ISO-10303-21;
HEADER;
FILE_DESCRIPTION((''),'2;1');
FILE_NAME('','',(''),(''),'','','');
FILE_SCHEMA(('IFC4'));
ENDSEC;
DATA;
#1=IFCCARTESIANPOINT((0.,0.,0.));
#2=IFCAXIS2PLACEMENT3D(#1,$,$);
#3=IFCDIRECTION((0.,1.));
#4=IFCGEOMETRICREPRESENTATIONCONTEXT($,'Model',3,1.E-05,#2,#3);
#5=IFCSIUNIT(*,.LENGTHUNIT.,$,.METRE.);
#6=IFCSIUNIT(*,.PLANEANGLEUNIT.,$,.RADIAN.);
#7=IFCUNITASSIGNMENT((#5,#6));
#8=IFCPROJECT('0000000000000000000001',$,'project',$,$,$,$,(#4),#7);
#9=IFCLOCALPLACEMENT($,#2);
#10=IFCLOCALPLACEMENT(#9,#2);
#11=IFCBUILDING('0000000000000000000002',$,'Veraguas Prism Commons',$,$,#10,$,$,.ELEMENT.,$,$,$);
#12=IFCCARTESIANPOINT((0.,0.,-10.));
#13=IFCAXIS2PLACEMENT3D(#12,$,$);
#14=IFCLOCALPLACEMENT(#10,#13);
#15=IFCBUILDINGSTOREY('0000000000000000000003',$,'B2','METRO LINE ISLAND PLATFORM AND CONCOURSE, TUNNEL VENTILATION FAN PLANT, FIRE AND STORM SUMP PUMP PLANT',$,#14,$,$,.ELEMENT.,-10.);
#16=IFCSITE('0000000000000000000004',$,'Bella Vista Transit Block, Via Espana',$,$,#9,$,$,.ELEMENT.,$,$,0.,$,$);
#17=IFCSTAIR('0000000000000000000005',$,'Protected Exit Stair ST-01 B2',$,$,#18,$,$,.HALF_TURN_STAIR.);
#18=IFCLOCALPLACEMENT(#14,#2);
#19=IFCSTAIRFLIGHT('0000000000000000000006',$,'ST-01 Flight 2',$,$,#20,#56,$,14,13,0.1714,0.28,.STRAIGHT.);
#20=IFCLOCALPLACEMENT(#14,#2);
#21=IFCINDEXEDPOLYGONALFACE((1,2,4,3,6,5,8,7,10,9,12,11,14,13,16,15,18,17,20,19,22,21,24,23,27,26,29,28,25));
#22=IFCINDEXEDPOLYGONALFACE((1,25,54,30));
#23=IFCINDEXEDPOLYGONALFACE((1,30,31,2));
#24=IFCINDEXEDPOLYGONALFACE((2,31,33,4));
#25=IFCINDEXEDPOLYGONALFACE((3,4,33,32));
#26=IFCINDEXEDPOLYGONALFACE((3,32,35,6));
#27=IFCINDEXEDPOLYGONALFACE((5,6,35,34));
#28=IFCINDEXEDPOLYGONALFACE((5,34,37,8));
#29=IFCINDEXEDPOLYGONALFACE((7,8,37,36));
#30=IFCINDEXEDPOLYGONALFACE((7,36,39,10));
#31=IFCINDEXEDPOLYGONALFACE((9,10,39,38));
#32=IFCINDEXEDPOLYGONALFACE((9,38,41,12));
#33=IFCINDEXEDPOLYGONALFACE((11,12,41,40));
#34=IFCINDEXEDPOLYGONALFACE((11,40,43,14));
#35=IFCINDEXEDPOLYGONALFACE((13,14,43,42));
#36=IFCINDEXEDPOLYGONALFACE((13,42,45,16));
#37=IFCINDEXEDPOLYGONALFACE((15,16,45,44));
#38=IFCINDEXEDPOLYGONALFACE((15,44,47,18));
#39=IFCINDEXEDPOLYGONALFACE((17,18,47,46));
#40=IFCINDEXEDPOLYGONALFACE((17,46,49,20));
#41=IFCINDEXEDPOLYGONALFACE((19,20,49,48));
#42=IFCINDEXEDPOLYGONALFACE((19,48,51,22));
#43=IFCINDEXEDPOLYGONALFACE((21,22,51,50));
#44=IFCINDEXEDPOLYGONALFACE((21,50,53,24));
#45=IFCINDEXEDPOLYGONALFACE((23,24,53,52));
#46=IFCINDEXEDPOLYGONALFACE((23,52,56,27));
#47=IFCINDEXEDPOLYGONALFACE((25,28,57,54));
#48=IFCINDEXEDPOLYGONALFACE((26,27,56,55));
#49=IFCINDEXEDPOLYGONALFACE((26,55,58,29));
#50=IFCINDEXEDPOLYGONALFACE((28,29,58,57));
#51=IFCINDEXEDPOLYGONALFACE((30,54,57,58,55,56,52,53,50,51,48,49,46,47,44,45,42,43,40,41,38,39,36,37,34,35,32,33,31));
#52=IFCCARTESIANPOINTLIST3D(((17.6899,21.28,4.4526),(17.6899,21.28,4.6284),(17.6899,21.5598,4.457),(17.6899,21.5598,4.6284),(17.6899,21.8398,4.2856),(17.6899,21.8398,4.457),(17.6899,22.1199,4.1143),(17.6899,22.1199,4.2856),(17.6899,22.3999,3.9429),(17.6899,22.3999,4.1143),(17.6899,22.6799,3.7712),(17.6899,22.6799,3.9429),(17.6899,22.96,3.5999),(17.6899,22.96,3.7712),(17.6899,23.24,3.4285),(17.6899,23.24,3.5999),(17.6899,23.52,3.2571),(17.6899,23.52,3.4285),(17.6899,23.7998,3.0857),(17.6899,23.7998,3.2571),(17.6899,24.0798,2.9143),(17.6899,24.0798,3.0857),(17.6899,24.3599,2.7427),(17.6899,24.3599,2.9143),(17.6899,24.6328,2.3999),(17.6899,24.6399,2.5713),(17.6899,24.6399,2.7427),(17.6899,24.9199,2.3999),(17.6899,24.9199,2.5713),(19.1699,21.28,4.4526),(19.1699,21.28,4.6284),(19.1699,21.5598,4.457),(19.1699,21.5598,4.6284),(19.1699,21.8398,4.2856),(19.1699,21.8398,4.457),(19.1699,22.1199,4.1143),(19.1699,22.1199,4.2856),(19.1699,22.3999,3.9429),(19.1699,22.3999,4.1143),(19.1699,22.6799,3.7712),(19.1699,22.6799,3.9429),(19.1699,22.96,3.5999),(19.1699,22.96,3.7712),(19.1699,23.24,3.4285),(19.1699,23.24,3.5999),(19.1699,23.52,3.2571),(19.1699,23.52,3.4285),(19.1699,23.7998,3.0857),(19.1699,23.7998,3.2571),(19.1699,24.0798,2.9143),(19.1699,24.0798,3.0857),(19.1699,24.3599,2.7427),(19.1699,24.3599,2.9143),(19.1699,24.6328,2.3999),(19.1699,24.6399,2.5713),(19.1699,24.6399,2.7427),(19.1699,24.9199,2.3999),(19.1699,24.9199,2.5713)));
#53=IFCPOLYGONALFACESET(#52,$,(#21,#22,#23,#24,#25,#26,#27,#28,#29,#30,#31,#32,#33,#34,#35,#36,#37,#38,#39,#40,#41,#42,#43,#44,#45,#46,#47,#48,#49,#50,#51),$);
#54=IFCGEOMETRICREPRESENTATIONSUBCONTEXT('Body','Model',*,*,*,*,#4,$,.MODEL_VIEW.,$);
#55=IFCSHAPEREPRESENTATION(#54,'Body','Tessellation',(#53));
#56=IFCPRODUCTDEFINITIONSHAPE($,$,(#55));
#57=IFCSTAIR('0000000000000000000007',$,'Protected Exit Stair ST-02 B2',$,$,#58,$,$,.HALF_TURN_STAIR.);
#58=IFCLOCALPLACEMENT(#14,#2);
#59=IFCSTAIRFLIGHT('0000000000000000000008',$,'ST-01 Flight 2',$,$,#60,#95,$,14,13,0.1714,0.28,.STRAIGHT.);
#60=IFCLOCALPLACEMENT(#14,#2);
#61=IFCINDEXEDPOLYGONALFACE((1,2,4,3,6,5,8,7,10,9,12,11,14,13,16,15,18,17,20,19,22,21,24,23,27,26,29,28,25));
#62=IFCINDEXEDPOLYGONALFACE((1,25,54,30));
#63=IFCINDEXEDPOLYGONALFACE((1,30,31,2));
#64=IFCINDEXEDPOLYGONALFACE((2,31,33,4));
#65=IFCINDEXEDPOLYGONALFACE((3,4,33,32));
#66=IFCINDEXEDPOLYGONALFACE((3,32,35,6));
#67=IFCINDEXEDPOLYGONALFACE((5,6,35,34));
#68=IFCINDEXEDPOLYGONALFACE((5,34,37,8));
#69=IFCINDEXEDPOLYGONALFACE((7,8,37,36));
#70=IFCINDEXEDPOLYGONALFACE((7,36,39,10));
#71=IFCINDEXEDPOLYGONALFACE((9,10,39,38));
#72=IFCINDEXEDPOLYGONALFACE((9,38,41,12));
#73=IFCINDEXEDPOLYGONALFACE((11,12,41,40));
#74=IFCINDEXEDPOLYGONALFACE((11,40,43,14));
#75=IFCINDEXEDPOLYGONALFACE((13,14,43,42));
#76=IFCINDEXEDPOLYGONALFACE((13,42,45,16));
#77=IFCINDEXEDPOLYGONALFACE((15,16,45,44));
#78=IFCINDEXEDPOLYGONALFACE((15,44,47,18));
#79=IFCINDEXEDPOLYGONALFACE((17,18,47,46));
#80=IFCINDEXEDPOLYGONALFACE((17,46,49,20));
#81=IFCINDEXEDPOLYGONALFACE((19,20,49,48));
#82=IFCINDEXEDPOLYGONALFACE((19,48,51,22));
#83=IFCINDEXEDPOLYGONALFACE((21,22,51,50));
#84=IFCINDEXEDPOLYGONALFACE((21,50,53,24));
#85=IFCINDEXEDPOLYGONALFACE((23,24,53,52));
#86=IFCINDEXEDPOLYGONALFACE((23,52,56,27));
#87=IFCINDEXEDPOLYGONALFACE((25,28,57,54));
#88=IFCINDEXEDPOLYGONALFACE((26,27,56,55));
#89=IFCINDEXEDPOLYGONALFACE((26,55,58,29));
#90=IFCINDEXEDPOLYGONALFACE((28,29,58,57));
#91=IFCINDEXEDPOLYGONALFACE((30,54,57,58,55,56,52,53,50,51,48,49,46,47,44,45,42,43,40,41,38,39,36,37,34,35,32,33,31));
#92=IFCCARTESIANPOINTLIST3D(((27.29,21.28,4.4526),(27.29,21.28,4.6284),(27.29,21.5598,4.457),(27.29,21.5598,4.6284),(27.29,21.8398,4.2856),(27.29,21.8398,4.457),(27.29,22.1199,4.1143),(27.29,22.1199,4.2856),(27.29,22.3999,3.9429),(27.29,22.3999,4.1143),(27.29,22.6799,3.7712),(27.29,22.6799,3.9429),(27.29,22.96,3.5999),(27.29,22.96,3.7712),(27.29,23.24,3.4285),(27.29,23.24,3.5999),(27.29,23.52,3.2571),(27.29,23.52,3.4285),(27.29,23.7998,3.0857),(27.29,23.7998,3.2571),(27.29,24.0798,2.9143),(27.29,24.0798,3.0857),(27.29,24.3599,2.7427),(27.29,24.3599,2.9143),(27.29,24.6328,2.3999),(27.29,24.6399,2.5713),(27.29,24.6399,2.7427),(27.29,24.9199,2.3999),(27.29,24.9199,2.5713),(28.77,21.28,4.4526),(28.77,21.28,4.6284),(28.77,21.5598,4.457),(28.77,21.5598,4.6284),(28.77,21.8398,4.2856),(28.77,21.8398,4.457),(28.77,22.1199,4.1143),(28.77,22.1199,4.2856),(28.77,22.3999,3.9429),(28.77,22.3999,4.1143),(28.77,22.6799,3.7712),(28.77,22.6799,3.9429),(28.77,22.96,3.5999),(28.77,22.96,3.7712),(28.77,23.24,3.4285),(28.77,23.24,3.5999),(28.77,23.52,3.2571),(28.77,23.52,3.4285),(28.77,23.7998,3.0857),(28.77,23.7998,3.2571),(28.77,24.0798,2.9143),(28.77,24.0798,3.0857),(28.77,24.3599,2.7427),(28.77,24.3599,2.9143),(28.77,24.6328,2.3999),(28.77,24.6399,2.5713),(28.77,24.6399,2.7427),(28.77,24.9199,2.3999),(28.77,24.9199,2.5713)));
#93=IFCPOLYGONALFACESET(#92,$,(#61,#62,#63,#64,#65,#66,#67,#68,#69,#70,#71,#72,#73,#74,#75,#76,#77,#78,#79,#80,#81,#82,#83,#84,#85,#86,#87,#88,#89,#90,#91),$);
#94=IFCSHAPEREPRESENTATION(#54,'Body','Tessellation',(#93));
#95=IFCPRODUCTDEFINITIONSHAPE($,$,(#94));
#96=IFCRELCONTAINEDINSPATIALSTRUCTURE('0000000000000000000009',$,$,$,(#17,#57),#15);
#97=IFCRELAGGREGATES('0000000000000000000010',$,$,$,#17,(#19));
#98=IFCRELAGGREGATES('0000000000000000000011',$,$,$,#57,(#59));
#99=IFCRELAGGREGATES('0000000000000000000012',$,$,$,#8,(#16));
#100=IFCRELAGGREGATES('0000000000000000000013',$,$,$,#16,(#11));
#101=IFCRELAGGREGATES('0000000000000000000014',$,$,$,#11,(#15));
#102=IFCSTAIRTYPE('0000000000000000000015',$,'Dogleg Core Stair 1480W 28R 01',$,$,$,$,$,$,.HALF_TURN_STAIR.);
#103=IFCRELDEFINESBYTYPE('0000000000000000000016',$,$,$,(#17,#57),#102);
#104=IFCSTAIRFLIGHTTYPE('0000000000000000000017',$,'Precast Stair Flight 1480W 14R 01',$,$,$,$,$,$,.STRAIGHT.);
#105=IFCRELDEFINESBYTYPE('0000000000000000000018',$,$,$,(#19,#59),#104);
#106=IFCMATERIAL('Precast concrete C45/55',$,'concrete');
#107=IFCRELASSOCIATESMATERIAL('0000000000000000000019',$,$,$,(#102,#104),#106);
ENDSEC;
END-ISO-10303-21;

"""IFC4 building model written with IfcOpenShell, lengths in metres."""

from ifc_helpers import new_model, si_unit, direction, frame, origin, place, context, subcontext, project, spatial, polyline, outline, extrude, material, type_object, element, aggregate, save


model = new_model("IFC4")

# Units and contexts
model_context = context("Model", 3, precision=1e-05, world=origin(), true_north=direction((0.0, 1.0)))
body_context = subcontext(model_context, "Body", "Model", "MODEL_VIEW")
ifc_project = project(units=[si_unit("LENGTHUNIT", "METRE"), si_unit("PLANEANGLEUNIT", "RADIAN")], contexts=[model_context])

# Site, building, storey
site_placement = place(None, origin())
site = spatial("IfcSite", under=ifc_project, at=site_placement, Name="Bella Vista Transit Block, Via Espana", CompositionType="ELEMENT", RefElevation=0.0)
building_placement = place(site_placement, origin())
building = spatial("IfcBuilding", under=site, at=building_placement, Name="Veraguas Prism Commons", CompositionType="ELEMENT")
storey_placement = place(building_placement, frame((0.0, 0.0, -10.0)))
storey = spatial("IfcBuildingStorey", under=building, at=storey_placement, Name="B2", Description="METRO LINE ISLAND PLATFORM AND CONCOURSE, TUNNEL VENTILATION FAN PLANT, FIRE AND STORM SUMP PUMP PLANT", CompositionType="ELEMENT", Elevation=-10.0)

# Stairs, stair flights
ifc_material_1 = material(Name="Precast concrete C45/55", Category="concrete")
stair_type = type_object("IfcStairType", Name="Dogleg Core Stair 1480W 28R 01", PredefinedType="HALF_TURN_STAIR", material=ifc_material_1)
stair_1_placement = place(storey_placement, origin())
stair_1 = element("IfcStair", 1, at=stair_1_placement, inside=storey, type_object=stair_type, Name="Protected Exit Stair ST-01 B2", PredefinedType="HALF_TURN_STAIR")
stair_flight_type = type_object("IfcStairFlightType", Name="Precast Stair Flight 1480W 14R 01", PredefinedType="STRAIGHT", material=ifc_material_1)
stair_flight_1_placement = place(storey_placement, frame((18.4299, 24.9199, 2.3999), z_axis=(0.0, 0.0, 1.0), x_axis=(0.0, -1.0, 0.0)))
stair_flight_1 = element("IfcStairFlight", 2, at=stair_flight_1_placement, type_object=stair_flight_type, Name="ST-01 Flight 2", NumberOfRisers=14, NumberOfTreads=13, PredefinedType="STRAIGHT", RiserHeight=0.1714, TreadLength=0.28, context=body_context, shape_type="SweptSolid", body=[
    extrude(outline(polyline([(0.0, 0.0), (0.0, 0.1714), (0.28, 0.1714), (0.28, 0.3428), (0.5601, 0.3428), (0.5601, 0.5144), (0.8401, 0.5144), (0.8401, 0.6858), (1.1201, 0.6858), (1.1201, 0.8572), (1.3999, 0.8572), (1.3999, 1.0286), (1.6799, 1.0286), (1.6799, 1.2), (1.96, 1.2), (1.96, 1.3713), (2.24, 1.3713), (2.24, 1.543), (2.52, 1.543), (2.52, 1.7144), (2.8, 1.7144), (2.8, 1.8857), (3.0801, 1.8857), (3.0801, 2.0571), (3.3601, 2.0571), (3.3601, 2.2285), (3.6399, 2.2285), (3.6399, 2.3999), (3.6399, 2.0527), (0.2871, 0.0), (0.0, 0.0)])), frame((0.0, 0.74, 0.0), z_axis=(0.0, -1.0, 0.0), x_axis=(1.0, 0.0, 0.0)), (0.0, 0.0, 1.0), 1.48),
])
aggregate(stair_1, [stair_flight_1])
stair_2_placement = place(storey_placement, origin())
stair_2 = element("IfcStair", 3, at=stair_2_placement, inside=storey, type_object=stair_type, Name="Protected Exit Stair ST-02 B2", PredefinedType="HALF_TURN_STAIR")
stair_flight_2_placement = place(storey_placement, frame((28.03, 24.9199, 2.3999), z_axis=(0.0, 0.0, 1.0), x_axis=(0.0, -1.0, 0.0)))
stair_flight_2 = element("IfcStairFlight", 4, at=stair_flight_2_placement, type_object=stair_flight_type, Name="ST-01 Flight 2", NumberOfRisers=14, NumberOfTreads=13, PredefinedType="STRAIGHT", RiserHeight=0.1714, TreadLength=0.28, context=body_context, shape_type="SweptSolid", body=[
    extrude(outline(polyline([(0.0, 0.0), (0.0, 0.1714), (0.28, 0.1714), (0.28, 0.3428), (0.5601, 0.3428), (0.5601, 0.5144), (0.8401, 0.5144), (0.8401, 0.6858), (1.1201, 0.6858), (1.1201, 0.8572), (1.3999, 0.8572), (1.3999, 1.0286), (1.6799, 1.0286), (1.6799, 1.2), (1.96, 1.2), (1.96, 1.3713), (2.24, 1.3713), (2.24, 1.543), (2.52, 1.543), (2.52, 1.7144), (2.8, 1.7144), (2.8, 1.8857), (3.0801, 1.8857), (3.0801, 2.0571), (3.3601, 2.0571), (3.3601, 2.2285), (3.6399, 2.2285), (3.6399, 2.3999), (3.6399, 2.0527), (0.2871, 0.0), (0.0, 0.0)])), frame((0.0, 0.74, 0.0), z_axis=(0.0, -1.0, 0.0), x_axis=(1.0, 0.0, 0.0)), (0.0, 0.0, 1.0), 1.48),
])
aggregate(stair_2, [stair_flight_2])

save(model, "model.ifc")
